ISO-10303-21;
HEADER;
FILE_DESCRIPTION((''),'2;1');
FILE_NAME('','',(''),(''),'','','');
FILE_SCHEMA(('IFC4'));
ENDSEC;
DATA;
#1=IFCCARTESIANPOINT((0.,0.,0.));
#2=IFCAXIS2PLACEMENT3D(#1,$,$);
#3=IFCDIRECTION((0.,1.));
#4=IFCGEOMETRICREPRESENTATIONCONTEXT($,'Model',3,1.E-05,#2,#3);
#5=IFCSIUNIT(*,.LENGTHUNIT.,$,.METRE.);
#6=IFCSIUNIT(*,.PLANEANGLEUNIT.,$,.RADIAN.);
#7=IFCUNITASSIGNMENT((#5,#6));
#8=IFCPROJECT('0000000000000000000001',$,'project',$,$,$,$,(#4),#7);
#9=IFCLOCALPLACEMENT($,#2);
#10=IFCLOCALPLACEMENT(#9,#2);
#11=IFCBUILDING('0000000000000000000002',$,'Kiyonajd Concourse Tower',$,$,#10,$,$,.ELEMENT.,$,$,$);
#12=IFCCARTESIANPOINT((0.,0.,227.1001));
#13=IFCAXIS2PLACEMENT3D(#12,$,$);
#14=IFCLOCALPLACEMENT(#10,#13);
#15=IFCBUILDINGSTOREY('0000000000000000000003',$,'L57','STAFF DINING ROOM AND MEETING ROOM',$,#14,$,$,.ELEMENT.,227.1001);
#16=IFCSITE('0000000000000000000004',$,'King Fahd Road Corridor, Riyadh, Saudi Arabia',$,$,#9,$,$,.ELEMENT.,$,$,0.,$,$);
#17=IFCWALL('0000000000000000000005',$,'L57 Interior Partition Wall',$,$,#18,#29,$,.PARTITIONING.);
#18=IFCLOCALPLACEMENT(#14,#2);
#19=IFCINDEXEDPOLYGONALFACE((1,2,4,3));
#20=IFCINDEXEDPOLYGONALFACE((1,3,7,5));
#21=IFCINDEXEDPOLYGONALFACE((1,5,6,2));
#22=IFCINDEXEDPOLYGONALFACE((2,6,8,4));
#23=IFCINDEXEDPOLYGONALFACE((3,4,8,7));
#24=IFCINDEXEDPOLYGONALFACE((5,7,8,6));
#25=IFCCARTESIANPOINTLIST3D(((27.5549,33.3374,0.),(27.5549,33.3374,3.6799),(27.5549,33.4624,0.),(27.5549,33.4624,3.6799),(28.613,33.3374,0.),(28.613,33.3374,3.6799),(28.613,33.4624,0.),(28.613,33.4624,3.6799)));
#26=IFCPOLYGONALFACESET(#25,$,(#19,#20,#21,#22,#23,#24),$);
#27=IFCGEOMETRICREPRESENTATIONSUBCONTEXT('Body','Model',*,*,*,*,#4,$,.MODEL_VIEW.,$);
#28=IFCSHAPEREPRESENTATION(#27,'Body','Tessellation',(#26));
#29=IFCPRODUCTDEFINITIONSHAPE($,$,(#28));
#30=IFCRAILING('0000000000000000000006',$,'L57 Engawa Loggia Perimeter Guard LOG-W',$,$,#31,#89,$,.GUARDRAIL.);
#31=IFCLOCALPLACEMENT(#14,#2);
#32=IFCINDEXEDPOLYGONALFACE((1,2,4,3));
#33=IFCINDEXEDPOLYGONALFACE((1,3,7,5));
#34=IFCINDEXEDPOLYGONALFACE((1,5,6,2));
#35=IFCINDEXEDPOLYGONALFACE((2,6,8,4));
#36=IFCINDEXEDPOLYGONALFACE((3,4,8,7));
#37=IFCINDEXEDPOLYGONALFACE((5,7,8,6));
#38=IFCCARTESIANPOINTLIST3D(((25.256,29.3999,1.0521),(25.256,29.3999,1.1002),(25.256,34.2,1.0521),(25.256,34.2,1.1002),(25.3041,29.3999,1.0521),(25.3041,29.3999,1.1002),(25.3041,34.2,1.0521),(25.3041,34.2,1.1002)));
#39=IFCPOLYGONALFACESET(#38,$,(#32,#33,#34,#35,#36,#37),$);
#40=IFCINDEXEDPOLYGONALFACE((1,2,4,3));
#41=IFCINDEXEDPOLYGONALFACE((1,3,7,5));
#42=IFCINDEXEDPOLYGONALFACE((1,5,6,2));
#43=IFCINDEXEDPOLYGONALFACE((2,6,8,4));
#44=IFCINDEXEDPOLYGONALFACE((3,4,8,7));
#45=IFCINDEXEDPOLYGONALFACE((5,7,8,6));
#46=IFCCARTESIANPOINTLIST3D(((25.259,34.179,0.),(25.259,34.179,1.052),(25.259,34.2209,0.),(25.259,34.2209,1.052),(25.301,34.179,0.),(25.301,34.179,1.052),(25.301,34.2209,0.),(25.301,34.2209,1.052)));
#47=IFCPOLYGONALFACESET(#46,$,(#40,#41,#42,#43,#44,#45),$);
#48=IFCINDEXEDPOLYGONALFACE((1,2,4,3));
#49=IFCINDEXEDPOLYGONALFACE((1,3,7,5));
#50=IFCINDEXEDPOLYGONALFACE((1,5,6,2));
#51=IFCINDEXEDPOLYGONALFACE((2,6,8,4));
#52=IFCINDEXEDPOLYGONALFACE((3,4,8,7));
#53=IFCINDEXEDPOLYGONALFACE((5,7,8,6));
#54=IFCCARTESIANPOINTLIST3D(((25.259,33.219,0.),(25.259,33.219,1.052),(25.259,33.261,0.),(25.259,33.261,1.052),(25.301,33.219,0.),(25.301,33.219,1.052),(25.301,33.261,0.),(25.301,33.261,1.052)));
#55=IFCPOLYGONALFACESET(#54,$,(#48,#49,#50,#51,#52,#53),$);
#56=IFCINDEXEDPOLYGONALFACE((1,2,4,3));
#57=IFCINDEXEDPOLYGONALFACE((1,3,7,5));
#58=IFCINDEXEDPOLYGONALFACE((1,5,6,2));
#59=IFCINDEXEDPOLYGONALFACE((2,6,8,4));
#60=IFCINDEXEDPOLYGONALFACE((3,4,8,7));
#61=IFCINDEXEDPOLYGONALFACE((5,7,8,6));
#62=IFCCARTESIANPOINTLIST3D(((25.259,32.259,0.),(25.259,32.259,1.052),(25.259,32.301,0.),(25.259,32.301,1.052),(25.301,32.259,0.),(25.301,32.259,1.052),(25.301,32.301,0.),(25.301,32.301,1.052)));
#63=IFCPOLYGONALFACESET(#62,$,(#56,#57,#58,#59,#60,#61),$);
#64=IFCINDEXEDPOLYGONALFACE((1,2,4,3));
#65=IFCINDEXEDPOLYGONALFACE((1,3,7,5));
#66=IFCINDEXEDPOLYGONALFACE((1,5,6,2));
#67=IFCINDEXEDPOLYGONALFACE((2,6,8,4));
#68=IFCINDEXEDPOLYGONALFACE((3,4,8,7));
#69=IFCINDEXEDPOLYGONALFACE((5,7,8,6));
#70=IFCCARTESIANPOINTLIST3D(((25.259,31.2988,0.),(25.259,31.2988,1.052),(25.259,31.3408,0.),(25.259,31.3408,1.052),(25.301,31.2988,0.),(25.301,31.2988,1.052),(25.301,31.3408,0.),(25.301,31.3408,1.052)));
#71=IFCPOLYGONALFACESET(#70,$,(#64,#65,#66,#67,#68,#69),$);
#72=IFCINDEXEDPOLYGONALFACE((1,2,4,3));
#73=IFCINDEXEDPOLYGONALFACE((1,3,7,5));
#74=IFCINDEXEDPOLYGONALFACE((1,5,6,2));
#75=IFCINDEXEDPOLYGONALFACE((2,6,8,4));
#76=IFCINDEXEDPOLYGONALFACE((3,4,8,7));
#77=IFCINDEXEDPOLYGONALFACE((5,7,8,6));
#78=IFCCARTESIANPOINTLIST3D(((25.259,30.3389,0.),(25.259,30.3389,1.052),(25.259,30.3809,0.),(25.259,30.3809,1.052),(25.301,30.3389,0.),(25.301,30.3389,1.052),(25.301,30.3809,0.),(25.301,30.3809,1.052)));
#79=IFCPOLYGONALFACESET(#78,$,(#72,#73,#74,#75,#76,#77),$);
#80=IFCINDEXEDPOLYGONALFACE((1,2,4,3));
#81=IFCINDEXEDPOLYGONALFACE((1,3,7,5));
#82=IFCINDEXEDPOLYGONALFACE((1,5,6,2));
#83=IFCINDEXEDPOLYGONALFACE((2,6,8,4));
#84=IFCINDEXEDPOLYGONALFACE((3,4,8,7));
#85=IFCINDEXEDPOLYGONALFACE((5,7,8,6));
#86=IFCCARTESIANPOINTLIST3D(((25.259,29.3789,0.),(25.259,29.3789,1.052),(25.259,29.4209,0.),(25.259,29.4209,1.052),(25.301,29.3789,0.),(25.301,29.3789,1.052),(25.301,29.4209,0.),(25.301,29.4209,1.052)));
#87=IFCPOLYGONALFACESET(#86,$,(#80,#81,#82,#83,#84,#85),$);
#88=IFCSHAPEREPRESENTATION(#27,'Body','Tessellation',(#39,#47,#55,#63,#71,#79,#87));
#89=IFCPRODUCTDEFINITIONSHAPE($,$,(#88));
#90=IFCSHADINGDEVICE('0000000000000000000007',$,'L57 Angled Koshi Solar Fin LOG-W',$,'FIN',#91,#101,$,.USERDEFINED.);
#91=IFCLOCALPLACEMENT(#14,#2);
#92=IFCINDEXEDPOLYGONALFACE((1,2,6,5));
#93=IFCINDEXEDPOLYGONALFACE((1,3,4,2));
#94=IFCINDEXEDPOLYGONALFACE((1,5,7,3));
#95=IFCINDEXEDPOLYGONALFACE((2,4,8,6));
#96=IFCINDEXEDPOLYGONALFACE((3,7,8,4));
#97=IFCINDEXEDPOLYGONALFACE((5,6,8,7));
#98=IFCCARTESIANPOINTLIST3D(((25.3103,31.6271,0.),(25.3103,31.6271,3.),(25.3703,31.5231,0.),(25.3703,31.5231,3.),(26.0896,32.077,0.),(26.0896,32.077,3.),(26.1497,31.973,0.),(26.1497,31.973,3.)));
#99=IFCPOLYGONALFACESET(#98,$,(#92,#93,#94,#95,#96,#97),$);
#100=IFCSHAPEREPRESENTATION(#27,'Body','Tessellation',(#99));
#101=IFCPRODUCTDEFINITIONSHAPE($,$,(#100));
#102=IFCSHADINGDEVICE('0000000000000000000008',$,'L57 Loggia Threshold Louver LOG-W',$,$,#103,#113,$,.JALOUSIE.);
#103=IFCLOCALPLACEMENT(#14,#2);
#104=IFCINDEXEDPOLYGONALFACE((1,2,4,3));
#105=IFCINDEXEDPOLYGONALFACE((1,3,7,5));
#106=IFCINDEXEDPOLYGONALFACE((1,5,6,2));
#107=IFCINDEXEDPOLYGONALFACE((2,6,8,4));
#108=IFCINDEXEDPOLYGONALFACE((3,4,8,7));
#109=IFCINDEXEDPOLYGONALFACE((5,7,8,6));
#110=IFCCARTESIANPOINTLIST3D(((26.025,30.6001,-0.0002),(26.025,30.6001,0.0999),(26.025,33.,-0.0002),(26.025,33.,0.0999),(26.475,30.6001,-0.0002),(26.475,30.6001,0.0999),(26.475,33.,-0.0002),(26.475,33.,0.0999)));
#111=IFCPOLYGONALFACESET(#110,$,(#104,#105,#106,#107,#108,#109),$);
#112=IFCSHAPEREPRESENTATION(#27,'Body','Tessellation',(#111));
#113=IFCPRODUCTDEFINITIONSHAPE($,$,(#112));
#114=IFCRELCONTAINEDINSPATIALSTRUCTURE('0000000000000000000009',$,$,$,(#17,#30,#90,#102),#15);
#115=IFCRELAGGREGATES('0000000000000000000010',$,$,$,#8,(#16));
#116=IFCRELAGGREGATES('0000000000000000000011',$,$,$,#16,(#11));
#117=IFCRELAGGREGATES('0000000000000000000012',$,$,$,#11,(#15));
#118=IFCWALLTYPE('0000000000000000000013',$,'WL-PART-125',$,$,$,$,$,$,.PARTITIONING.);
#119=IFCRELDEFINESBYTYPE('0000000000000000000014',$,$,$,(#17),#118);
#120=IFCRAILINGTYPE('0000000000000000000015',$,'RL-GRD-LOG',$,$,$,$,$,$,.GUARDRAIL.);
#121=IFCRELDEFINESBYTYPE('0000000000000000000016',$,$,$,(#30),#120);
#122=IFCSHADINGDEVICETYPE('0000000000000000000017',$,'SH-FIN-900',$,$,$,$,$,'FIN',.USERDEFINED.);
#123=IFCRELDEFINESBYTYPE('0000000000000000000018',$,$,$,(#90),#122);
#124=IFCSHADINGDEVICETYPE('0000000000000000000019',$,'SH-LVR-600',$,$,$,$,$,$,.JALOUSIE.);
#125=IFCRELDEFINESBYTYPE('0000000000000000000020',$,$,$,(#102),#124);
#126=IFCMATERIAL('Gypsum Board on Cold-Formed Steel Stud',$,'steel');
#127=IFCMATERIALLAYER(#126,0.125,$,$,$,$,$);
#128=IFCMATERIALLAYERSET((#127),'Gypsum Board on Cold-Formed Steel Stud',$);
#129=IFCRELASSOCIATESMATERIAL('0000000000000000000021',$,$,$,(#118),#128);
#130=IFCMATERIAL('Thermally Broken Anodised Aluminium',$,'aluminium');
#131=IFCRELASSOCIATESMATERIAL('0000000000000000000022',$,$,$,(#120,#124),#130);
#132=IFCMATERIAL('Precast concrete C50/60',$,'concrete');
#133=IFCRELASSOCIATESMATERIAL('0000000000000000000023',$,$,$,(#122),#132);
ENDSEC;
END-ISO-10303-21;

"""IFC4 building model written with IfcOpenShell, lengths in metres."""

from ifc_helpers import new_model, si_unit, direction, frame, frame_2d, origin, origin_2d, place, context, subcontext, project, spatial, rectangle, extrude, material, layer, layer_set, type_object, element, save


model = new_model("IFC4")

# Units and contexts
model_context = context("Model", 3, precision=1e-05, world=origin(), true_north=direction((0.0, 1.0)))
body_context = subcontext(model_context, "Body", "Model", "MODEL_VIEW")
ifc_project = project(units=[si_unit("LENGTHUNIT", "METRE"), si_unit("PLANEANGLEUNIT", "RADIAN")], contexts=[model_context])

# Site, building, storey
site_placement = place(None, origin())
site = spatial("IfcSite", under=ifc_project, at=site_placement, Name="King Fahd Road Corridor, Riyadh, Saudi Arabia", CompositionType="ELEMENT", RefElevation=0.0)
building_placement = place(site_placement, origin())
building = spatial("IfcBuilding", under=site, at=building_placement, Name="Kiyonajd Concourse Tower", CompositionType="ELEMENT")
storey_placement = place(building_placement, frame((0.0, 0.0, 227.1001)))
storey = spatial("IfcBuildingStorey", under=building, at=storey_placement, Name="L57", Description="STAFF DINING ROOM AND MEETING ROOM", CompositionType="ELEMENT", Elevation=227.1001)

# Shared definitions
ifc_material_1 = material(Name="Thermally Broken Anodised Aluminium", Category="aluminium")

# Shared definitions
ifc_material_2 = material(Name="Precast concrete C50/60", Category="concrete")

# Wall
ifc_material_3 = material(Name="Gypsum Board on Cold-Formed Steel Stud", Category="steel")
ifc_layer_1 = layer(ifc_material_3, 0.125)
ifc_layer_set_1 = layer_set([ifc_layer_1], Name="Gypsum Board on Cold-Formed Steel Stud")
wall_type_1 = type_object("IfcWallType", Name="WL-PART-125", PredefinedType="PARTITIONING", material=ifc_layer_set_1)
wall_1_placement = place(storey_placement, frame((27.5549, 33.3999, 0.0), z_axis=(0.0, 0.0, 1.0), x_axis=(1.0, 0.0, 0.0)))
element("IfcWall", 1, at=wall_1_placement, inside=storey, type_object=wall_type_1, Name="L57 Interior Partition Wall", PredefinedType="PARTITIONING", context=body_context, shape_type="SweptSolid", body=[
    extrude(rectangle(XDim=1.0581, YDim=0.125, at=frame_2d((0.5291, 0.0))), origin(), (0.0, 0.0, 1.0), 3.6799),
])

# Railing
railing_type = type_object("IfcRailingType", Name="RL-GRD-LOG", PredefinedType="GUARDRAIL", material=ifc_material_1)
railing_placement = place(storey_placement, frame((25.28, 34.2, 0.0)))
element("IfcRailing", 2, at=railing_placement, inside=storey, type_object=railing_type, Name="L57 Engawa Loggia Perimeter Guard LOG-W", PredefinedType="GUARDRAIL", context=body_context, shape_type="SweptSolid", body=[
    extrude(rectangle(XDim=0.0481, YDim=0.0481, at=origin_2d()), frame((0.0, 0.0, 1.0762), z_axis=(0.0, -1.0, 0.0), x_axis=(1.0, 0.0, 0.0)), (0.0, 0.0, 1.0), 4.8),
    extrude(rectangle(XDim=0.042, YDim=0.042, at=origin_2d()), origin(), (0.0, 0.0, 1.0), 1.052),
    extrude(rectangle(XDim=0.042, YDim=0.042, at=origin_2d()), frame((0.0, -0.96, 0.0)), (0.0, 0.0, 1.0), 1.052),
    extrude(rectangle(XDim=0.042, YDim=0.042, at=origin_2d()), frame((0.0, -1.9199, 0.0)), (0.0, 0.0, 1.0), 1.052),
    extrude(rectangle(XDim=0.042, YDim=0.042, at=origin_2d()), frame((0.0, -2.8801, 0.0)), (0.0, 0.0, 1.0), 1.052),
    extrude(rectangle(XDim=0.042, YDim=0.042, at=origin_2d()), frame((0.0, -3.8401, 0.0)), (0.0, 0.0, 1.0), 1.052),
    extrude(rectangle(XDim=0.042, YDim=0.042, at=origin_2d()), frame((0.0, -4.8, 0.0)), (0.0, 0.0, 1.0), 1.052),
])

# Shading devices
shading_device_type_1 = type_object("IfcShadingDeviceType", Name="SH-FIN-900", ElementType="FIN", PredefinedType="USERDEFINED", material=ifc_material_2)
shading_device_1_placement = place(storey_placement, frame((25.73, 31.8, 0.0), z_axis=(0.0, 0.0, 1.0), x_axis=(0.866025, 0.5, 0.0)))
element("IfcShadingDevice", 3, at=shading_device_1_placement, inside=storey, type_object=shading_device_type_1, Name="L57 Angled Koshi Solar Fin LOG-W", ObjectType="FIN", PredefinedType="USERDEFINED", context=body_context, shape_type="SweptSolid", body=[
    extrude(rectangle(XDim=0.8999, YDim=0.1201, at=origin_2d()), origin(), (0.0, 0.0, 1.0), 3.0),
])
shading_device_type_2 = type_object("IfcShadingDeviceType", Name="SH-LVR-600", PredefinedType="JALOUSIE", material=ifc_material_1)
shading_device_2_placement = place(storey_placement, frame((26.25, 31.8, -0.0002), z_axis=(0.0, 0.0, 1.0), x_axis=(0.0, 1.0, 0.0)))
element("IfcShadingDevice", 4, at=shading_device_2_placement, inside=storey, type_object=shading_device_type_2, Name="L57 Loggia Threshold Louver LOG-W", PredefinedType="JALOUSIE", context=body_context, shape_type="SweptSolid", body=[
    extrude(rectangle(XDim=2.3999, YDim=0.45, at=origin_2d()), origin(), (0.0, 0.0, 1.0), 0.1001),
])

save(model, "model.ifc")
